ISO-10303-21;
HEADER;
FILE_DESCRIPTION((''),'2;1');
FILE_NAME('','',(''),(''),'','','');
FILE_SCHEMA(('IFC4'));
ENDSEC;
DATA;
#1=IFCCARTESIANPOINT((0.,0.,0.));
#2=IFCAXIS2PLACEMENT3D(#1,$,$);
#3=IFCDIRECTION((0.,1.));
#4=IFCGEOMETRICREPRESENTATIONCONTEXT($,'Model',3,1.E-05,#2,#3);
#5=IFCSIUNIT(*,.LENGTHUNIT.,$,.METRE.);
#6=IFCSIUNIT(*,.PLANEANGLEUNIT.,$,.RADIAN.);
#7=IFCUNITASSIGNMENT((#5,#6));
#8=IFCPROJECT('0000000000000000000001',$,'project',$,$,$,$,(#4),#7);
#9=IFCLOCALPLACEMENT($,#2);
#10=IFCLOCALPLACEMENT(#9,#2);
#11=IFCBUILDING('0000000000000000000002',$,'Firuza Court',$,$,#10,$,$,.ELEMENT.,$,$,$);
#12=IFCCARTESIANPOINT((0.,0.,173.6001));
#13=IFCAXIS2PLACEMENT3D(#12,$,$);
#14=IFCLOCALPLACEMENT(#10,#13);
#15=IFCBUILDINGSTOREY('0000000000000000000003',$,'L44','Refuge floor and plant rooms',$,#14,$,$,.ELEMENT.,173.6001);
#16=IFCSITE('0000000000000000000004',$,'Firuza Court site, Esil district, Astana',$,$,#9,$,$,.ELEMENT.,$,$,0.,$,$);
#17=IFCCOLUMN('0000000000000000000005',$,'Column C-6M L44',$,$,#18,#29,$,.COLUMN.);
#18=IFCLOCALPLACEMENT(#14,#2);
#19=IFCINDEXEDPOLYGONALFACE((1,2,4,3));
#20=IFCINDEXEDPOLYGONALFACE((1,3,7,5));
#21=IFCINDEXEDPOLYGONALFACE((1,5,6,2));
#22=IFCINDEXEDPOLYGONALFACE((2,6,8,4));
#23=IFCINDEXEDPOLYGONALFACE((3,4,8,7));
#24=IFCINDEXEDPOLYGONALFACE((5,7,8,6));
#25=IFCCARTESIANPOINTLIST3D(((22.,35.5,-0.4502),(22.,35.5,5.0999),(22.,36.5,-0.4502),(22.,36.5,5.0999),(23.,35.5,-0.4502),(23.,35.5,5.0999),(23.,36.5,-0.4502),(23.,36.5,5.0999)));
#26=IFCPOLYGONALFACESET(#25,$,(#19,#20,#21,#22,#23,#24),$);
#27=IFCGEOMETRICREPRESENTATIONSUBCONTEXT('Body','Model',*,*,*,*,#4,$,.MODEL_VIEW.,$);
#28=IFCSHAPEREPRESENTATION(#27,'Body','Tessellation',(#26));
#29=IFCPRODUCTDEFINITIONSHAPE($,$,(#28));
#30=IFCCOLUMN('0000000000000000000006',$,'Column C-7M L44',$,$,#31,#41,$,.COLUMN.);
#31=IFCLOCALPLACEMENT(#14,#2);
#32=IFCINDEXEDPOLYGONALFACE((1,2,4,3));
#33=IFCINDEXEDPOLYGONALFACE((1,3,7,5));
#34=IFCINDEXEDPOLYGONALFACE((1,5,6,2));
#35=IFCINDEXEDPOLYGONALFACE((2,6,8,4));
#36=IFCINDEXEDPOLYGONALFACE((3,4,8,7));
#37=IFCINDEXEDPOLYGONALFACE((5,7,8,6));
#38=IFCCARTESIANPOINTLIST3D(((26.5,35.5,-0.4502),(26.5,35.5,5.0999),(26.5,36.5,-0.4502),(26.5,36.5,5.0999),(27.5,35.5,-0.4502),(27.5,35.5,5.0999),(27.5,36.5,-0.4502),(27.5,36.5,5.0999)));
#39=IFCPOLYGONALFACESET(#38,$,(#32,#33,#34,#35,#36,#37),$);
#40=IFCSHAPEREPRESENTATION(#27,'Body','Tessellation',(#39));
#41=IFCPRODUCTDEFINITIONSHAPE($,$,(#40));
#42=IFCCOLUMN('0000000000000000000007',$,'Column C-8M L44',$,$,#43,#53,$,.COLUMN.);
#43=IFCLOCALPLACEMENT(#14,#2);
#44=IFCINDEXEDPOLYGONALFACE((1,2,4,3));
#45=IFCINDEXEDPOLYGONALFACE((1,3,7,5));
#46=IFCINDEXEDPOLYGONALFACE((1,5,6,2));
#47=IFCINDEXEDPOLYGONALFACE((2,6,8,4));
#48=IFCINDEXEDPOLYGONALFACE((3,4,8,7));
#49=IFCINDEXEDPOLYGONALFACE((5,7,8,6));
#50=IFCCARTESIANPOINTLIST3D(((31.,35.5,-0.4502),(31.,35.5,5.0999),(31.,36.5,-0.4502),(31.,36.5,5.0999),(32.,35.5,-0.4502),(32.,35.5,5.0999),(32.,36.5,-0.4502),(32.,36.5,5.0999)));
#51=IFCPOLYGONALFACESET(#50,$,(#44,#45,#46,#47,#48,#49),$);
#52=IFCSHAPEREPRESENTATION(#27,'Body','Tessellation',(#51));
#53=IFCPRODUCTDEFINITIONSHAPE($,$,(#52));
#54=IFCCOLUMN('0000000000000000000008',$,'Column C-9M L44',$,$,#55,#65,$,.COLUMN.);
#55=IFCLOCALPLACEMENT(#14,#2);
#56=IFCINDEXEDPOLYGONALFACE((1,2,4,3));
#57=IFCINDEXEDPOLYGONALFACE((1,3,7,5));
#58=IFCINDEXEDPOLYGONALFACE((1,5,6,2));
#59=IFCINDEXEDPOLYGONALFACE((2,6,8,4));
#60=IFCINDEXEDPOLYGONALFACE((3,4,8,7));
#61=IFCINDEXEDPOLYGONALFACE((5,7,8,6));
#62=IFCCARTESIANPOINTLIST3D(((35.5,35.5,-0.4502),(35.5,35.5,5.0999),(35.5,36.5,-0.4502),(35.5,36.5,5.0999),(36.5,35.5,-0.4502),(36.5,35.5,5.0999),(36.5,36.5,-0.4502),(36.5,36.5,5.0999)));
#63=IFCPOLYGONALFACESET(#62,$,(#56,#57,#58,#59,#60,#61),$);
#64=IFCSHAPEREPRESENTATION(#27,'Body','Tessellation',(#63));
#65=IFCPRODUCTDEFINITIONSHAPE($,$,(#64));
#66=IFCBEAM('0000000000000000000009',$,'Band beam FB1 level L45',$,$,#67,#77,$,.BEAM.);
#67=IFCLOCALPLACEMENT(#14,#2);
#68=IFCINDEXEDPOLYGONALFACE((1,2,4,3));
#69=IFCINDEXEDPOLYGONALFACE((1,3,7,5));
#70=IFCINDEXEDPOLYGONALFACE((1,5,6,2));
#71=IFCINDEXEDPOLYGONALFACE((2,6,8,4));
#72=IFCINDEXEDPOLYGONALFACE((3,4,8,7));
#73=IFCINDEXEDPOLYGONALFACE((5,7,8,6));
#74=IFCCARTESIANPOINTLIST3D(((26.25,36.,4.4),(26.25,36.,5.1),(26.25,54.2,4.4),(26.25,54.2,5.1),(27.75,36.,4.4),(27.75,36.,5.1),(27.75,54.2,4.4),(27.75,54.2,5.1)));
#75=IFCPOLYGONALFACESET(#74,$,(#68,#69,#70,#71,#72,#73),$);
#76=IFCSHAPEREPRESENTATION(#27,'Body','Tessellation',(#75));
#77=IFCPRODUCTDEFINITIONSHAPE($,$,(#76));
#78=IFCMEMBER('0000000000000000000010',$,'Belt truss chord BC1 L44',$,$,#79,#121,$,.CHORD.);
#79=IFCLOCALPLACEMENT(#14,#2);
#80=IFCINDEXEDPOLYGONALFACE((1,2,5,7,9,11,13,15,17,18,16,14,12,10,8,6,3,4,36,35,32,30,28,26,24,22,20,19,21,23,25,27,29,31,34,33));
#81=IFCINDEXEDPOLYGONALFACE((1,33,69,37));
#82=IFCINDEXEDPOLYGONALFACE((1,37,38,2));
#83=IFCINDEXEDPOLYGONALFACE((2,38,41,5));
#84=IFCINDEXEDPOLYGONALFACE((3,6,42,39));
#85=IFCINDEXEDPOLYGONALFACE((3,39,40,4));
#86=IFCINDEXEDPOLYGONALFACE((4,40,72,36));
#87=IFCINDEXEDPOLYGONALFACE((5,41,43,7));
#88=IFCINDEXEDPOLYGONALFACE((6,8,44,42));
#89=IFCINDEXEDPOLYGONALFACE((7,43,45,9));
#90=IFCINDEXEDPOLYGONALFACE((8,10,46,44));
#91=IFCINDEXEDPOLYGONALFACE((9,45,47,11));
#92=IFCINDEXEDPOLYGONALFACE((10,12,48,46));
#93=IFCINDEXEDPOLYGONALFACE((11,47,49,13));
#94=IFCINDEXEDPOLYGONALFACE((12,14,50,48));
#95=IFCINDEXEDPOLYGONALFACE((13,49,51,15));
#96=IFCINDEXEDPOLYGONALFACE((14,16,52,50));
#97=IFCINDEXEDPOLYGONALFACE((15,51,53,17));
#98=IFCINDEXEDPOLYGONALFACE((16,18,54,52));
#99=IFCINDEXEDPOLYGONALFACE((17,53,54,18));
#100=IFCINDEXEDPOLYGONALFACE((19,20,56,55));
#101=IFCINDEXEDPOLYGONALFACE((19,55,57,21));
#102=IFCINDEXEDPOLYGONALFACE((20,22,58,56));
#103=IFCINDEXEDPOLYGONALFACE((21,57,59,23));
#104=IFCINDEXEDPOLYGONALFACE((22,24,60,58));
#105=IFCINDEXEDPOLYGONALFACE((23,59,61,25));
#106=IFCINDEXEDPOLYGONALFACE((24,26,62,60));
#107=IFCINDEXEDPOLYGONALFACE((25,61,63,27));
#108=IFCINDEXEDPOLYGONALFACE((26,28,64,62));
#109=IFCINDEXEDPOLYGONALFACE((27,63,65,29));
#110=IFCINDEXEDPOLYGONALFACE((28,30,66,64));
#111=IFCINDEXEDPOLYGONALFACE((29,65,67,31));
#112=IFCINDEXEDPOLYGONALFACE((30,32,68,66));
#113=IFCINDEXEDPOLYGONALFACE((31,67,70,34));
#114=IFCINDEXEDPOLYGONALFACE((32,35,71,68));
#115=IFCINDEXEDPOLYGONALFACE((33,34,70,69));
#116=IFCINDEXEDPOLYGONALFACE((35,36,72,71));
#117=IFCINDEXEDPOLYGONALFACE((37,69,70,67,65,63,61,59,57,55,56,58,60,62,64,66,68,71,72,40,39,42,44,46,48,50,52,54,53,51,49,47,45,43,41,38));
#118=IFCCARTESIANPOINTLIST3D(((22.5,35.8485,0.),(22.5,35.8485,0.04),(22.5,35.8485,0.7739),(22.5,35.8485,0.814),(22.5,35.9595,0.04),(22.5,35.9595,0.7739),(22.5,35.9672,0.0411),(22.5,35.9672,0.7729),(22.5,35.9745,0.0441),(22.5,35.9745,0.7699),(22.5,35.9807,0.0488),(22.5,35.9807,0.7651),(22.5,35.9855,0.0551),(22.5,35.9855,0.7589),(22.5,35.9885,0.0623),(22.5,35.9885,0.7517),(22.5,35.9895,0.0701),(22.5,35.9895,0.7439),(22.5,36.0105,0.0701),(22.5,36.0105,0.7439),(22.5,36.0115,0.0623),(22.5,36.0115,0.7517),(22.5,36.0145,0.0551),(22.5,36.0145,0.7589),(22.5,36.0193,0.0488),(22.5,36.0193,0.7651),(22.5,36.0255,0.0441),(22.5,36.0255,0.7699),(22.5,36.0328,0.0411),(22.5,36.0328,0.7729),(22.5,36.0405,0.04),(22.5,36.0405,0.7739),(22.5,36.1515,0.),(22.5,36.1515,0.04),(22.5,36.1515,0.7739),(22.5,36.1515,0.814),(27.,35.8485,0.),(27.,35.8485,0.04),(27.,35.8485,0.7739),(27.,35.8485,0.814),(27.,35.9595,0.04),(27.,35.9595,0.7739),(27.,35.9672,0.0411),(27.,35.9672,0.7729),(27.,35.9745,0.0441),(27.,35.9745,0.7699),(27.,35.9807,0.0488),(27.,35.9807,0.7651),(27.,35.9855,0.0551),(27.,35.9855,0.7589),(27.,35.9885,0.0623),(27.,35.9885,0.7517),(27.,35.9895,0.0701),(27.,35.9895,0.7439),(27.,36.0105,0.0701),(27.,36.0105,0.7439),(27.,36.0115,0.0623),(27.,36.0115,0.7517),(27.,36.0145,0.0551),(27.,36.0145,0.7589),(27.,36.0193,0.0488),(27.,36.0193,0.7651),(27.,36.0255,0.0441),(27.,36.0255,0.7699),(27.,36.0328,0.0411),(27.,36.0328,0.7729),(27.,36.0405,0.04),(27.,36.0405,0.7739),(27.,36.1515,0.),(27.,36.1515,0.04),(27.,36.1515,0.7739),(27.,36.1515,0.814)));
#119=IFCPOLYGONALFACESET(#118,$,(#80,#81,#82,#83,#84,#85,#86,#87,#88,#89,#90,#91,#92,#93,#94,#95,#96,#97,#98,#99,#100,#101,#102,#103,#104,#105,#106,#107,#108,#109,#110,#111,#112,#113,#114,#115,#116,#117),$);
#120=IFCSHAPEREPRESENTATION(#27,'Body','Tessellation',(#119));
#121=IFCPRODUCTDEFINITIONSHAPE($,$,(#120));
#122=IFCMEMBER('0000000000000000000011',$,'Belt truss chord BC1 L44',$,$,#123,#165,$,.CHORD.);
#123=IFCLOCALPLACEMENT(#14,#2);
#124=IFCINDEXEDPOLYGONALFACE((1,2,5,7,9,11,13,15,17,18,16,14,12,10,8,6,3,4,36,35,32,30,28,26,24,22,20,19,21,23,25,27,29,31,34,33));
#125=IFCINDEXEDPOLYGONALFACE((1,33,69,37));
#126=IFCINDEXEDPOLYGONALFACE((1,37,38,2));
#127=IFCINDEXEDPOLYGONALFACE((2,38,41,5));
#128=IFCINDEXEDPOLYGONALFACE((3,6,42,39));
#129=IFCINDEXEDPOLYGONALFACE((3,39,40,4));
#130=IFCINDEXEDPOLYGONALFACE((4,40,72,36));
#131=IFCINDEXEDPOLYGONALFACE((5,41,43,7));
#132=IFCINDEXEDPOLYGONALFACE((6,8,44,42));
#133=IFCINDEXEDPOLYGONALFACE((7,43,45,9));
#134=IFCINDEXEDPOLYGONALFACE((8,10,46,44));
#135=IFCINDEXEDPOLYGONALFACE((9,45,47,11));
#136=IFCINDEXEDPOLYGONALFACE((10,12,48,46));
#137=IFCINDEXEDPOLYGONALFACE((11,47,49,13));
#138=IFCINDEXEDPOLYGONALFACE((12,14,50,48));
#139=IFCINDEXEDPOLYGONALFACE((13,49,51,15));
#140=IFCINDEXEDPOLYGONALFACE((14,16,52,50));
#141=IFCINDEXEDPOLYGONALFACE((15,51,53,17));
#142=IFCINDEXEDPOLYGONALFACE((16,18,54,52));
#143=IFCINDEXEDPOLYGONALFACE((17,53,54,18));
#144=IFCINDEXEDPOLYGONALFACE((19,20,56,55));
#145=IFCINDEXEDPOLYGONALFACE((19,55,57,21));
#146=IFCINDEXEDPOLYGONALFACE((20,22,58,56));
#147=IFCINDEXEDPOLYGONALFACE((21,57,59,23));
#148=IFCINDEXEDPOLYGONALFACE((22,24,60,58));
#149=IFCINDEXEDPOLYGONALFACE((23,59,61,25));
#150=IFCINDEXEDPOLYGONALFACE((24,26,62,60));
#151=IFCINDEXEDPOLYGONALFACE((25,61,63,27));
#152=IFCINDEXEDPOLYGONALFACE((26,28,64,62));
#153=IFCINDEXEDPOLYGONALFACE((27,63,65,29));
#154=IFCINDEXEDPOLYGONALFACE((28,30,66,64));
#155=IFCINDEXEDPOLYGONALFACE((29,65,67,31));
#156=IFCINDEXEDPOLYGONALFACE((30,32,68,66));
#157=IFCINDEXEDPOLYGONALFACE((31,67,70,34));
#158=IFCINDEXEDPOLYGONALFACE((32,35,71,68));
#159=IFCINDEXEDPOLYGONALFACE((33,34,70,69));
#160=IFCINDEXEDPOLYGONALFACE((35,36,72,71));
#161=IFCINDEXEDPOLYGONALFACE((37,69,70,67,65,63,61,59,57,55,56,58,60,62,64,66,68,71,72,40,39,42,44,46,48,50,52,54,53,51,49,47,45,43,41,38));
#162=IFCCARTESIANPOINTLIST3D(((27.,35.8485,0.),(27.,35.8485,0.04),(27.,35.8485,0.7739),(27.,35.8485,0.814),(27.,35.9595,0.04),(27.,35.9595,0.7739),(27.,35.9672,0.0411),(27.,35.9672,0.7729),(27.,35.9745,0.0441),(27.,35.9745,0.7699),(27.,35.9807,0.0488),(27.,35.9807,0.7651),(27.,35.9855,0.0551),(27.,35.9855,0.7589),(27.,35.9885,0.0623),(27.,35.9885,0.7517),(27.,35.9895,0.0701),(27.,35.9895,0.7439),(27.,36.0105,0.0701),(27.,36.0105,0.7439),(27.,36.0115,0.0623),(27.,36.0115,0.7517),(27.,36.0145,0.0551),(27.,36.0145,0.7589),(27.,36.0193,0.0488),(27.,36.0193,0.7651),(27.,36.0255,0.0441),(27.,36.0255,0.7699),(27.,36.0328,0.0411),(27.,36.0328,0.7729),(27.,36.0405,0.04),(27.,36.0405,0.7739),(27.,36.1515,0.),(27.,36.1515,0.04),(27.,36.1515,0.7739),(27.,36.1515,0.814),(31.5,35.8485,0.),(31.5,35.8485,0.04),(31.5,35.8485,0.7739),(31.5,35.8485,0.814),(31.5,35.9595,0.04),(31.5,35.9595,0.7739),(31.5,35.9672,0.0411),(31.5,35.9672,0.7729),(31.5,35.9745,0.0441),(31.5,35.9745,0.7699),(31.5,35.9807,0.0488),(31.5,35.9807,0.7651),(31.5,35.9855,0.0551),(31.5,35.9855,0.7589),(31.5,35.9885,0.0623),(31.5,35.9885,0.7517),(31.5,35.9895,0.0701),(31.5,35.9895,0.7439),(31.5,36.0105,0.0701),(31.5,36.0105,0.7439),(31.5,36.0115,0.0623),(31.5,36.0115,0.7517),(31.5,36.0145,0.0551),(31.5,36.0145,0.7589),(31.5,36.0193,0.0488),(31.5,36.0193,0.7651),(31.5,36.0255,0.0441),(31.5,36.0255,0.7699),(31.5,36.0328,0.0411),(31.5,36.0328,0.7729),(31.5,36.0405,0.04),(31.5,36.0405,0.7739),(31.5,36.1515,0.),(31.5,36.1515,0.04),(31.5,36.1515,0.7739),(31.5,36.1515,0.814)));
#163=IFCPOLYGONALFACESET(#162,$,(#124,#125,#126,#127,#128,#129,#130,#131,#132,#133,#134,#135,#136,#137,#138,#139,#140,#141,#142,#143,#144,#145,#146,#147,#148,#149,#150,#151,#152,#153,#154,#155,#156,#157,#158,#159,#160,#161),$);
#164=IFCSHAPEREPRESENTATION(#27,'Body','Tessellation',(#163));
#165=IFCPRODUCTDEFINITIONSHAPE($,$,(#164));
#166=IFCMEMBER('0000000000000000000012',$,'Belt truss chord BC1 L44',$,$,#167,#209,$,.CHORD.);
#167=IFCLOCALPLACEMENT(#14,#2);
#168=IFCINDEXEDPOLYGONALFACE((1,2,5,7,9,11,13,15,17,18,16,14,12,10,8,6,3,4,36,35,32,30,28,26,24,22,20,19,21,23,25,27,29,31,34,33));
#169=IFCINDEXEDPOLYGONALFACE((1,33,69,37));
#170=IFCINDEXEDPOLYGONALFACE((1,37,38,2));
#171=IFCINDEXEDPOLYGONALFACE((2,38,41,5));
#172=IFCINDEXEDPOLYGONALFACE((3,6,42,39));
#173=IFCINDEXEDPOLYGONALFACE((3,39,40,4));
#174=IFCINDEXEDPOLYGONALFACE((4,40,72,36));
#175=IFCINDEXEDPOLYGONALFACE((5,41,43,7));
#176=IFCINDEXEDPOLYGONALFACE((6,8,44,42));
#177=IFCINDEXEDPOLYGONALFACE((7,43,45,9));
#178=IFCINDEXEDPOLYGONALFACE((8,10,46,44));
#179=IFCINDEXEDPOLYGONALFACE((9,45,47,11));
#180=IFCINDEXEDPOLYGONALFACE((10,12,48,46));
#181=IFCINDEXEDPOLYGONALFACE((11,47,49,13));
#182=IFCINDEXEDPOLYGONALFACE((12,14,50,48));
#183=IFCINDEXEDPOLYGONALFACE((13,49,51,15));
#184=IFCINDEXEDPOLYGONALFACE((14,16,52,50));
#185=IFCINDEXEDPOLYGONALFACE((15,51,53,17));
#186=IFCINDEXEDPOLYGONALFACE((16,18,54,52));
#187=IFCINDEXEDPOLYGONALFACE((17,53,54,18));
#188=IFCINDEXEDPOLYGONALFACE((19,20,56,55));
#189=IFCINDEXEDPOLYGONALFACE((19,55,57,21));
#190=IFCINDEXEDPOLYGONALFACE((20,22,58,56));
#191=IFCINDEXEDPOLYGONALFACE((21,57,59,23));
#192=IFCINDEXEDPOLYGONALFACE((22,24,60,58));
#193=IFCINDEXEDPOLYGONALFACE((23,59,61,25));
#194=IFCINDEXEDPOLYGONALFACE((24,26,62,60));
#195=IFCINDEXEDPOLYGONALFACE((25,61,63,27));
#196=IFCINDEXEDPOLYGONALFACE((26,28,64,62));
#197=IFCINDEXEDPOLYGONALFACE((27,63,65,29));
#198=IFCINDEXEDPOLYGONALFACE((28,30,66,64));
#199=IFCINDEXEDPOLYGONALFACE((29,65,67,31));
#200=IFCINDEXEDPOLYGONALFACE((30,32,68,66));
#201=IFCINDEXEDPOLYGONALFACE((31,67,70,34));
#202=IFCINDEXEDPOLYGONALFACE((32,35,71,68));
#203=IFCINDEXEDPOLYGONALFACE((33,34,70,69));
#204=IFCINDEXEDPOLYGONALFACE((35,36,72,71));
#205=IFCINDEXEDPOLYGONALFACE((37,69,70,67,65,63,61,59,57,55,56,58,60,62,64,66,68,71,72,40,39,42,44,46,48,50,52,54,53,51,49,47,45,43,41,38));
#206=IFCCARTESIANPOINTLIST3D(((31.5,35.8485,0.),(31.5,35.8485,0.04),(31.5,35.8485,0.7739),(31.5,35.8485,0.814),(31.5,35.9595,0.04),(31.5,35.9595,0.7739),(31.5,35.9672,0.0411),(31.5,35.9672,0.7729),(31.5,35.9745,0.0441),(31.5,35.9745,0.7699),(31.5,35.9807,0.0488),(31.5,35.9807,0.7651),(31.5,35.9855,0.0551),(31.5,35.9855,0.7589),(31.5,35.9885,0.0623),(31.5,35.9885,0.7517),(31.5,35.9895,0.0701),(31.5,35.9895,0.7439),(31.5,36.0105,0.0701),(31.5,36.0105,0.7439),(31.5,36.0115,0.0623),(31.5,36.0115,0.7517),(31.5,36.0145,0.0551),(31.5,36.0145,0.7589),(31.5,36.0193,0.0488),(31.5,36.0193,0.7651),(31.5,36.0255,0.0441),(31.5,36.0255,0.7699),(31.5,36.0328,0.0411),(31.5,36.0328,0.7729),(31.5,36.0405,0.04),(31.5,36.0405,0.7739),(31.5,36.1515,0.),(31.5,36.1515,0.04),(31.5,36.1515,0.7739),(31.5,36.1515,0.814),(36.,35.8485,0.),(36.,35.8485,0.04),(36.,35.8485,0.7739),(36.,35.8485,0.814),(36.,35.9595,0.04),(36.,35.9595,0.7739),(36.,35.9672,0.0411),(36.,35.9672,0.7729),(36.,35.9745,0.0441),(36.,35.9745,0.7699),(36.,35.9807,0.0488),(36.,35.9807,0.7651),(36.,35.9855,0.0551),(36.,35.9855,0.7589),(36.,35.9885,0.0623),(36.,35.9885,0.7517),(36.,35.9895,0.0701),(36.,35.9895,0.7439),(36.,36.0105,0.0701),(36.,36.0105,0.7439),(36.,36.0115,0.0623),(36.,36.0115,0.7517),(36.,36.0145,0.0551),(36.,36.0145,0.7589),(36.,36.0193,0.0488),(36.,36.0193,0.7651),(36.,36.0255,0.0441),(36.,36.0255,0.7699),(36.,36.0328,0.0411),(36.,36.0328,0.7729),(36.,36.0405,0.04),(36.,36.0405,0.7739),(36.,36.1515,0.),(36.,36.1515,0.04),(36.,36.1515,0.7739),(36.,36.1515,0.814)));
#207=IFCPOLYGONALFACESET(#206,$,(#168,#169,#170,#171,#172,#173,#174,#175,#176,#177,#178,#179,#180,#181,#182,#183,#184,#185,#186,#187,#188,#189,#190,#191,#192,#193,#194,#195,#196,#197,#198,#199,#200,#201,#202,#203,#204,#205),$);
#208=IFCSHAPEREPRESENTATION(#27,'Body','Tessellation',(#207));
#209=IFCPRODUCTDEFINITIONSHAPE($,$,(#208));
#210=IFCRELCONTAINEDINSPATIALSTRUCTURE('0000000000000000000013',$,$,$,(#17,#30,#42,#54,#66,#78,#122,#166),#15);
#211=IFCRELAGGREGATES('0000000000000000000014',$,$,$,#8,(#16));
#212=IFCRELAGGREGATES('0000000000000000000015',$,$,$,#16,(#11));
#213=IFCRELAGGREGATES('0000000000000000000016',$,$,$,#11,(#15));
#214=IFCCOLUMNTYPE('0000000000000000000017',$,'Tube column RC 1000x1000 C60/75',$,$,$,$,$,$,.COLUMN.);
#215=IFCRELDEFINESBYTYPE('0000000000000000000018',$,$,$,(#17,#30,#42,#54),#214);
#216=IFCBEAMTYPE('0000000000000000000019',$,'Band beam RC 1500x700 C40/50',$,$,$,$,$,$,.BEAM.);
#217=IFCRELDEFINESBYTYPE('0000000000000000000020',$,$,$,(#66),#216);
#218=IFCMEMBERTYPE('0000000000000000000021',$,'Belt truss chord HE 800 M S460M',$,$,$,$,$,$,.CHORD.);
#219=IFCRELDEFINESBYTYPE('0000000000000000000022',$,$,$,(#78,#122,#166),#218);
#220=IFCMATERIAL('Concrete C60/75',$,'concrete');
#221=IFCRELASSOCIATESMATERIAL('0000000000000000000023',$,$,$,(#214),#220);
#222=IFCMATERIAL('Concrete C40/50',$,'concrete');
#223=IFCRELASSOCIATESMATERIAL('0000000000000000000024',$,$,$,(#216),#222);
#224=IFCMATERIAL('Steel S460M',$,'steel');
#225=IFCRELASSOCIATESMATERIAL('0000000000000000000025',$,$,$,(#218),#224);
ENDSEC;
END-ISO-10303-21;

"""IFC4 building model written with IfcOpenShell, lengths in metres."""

from ifc_helpers import new_model, si_unit, direction, frame, origin, origin_2d, place, context, subcontext, project, spatial, rectangle, i_section, extrude, material, material_profile, profile_set, type_object, element, save


model = new_model("IFC4")

# Units and contexts
model_context = context("Model", 3, precision=1e-05, world=origin(), true_north=direction((0.0, 1.0)))
body_context = subcontext(model_context, "Body", "Model", "MODEL_VIEW")
ifc_project = project(units=[si_unit("LENGTHUNIT", "METRE"), si_unit("PLANEANGLEUNIT", "RADIAN")], contexts=[model_context])

# Site, building, storey
site_placement = place(None, origin())
site = spatial("IfcSite", under=ifc_project, at=site_placement, Name="Firuza Court site, Esil district, Astana", CompositionType="ELEMENT", RefElevation=0.0)
building_placement = place(site_placement, origin())
building = spatial("IfcBuilding", under=site, at=building_placement, Name="Firuza Court", CompositionType="ELEMENT")
storey_placement = place(building_placement, frame((0.0, 0.0, 173.6001)))
storey = spatial("IfcBuildingStorey", under=building, at=storey_placement, Name="L44", Description="Refuge floor and plant rooms", CompositionType="ELEMENT", Elevation=173.6001)

# Columns
ifc_material_1 = material(Name="Concrete C60/75", Category="concrete")
ifc_material_profile_1 = material_profile(ifc_material_1, rectangle(XDim=1.0, YDim=1.0, at=origin_2d()), Name="RC 1000x1000")
ifc_profile_set_1 = profile_set([ifc_material_profile_1], Name="Concrete C60/75")
column_type = type_object("IfcColumnType", Name="Tube column RC 1000x1000 C60/75", PredefinedType="COLUMN", material=ifc_profile_set_1)
for number, where, z_axis, x_axis, name in (
    (1, (22.5, 36.0, -0.4502), (0.0, 0.0, 1.0), (1.0, 0.0, 0.0), "Column C-6M L44"),
    (2, (27.0, 36.0, -0.4502), (0.0, 0.0, 1.0), (1.0, 0.0, 0.0), "Column C-7M L44"),
    (3, (31.5, 36.0, -0.4502), (0.0, 0.0, 1.0), (1.0, 0.0, 0.0), "Column C-8M L44"),
    (4, (36.0, 36.0, -0.4502), (0.0, 0.0, 1.0), (1.0, 0.0, 0.0), "Column C-9M L44"),
):
    element("IfcColumn", number, at=place(storey_placement, frame(where, z_axis=z_axis, x_axis=x_axis)), inside=storey, type_object=column_type, Name=name, PredefinedType="COLUMN", context=body_context, shape_type="SweptSolid", body=[
        extrude(rectangle(XDim=1.0, YDim=1.0, at=origin_2d()), origin(), (0.0, 0.0, 1.0), 5.55),
    ])

# Beam
ifc_material_2 = material(Name="Concrete C40/50", Category="concrete")
ifc_material_profile_2 = material_profile(ifc_material_2, rectangle(XDim=1.5, YDim=0.7, at=origin_2d()), Name="RC 1500x700")
ifc_profile_set_2 = profile_set([ifc_material_profile_2], Name="Concrete C40/50")
beam_type_1 = type_object("IfcBeamType", Name="Band beam RC 1500x700 C40/50", PredefinedType="BEAM", material=ifc_profile_set_2)
beam_placement = place(storey_placement, frame((27.0, 36.0, 4.75), z_axis=(0.0, 1.0, 0.0), x_axis=(-1.0, 0.0, 0.0)))
element("IfcBeam", 5, at=beam_placement, inside=storey, type_object=beam_type_1, Name="Band beam FB1 level L45", PredefinedType="BEAM", context=body_context, shape_type="SweptSolid", body=[
    extrude(rectangle(XDim=1.5, YDim=0.7, at=origin_2d()), origin(), (0.0, 0.0, 1.0), 18.2),
])

# Members
ifc_material_3 = material(Name="Steel S460M", Category="steel")
ifc_material_profile_3 = material_profile(ifc_material_3, i_section(OverallWidth=0.303, OverallDepth=0.814, WebThickness=0.021, FlangeThickness=0.04, FilletRadius=0.03, at=origin_2d()), Name="HE 800 M")
ifc_profile_set_3 = profile_set([ifc_material_profile_3], Name="Steel S460M")
member_type_1 = type_object("IfcMemberType", Name="Belt truss chord HE 800 M S460M", PredefinedType="CHORD", material=ifc_profile_set_3)
for number, where, z_axis, x_axis, name in (
    (6, (22.5, 36.0, 0.407), (1.0, 0.0, 0.0), (0.0, 1.0, 0.0), "Belt truss chord BC1 L44"),
    (7, (27.0, 36.0, 0.407), (1.0, 0.0, 0.0), (0.0, 1.0, 0.0), "Belt truss chord BC1 L44"),
    (8, (31.5, 36.0, 0.407), (1.0, 0.0, 0.0), (0.0, 1.0, 0.0), "Belt truss chord BC1 L44"),
):
    element("IfcMember", number, at=place(storey_placement, frame(where, z_axis=z_axis, x_axis=x_axis)), inside=storey, type_object=member_type_1, Name=name, PredefinedType="CHORD", context=body_context, shape_type="SweptSolid", body=[
        extrude(i_section(OverallWidth=0.303, OverallDepth=0.814, WebThickness=0.021, FlangeThickness=0.04, FilletRadius=0.03, at=origin_2d()), origin(), (0.0, 0.0, 1.0), 4.5),
    ])

save(model, "model.ifc")
